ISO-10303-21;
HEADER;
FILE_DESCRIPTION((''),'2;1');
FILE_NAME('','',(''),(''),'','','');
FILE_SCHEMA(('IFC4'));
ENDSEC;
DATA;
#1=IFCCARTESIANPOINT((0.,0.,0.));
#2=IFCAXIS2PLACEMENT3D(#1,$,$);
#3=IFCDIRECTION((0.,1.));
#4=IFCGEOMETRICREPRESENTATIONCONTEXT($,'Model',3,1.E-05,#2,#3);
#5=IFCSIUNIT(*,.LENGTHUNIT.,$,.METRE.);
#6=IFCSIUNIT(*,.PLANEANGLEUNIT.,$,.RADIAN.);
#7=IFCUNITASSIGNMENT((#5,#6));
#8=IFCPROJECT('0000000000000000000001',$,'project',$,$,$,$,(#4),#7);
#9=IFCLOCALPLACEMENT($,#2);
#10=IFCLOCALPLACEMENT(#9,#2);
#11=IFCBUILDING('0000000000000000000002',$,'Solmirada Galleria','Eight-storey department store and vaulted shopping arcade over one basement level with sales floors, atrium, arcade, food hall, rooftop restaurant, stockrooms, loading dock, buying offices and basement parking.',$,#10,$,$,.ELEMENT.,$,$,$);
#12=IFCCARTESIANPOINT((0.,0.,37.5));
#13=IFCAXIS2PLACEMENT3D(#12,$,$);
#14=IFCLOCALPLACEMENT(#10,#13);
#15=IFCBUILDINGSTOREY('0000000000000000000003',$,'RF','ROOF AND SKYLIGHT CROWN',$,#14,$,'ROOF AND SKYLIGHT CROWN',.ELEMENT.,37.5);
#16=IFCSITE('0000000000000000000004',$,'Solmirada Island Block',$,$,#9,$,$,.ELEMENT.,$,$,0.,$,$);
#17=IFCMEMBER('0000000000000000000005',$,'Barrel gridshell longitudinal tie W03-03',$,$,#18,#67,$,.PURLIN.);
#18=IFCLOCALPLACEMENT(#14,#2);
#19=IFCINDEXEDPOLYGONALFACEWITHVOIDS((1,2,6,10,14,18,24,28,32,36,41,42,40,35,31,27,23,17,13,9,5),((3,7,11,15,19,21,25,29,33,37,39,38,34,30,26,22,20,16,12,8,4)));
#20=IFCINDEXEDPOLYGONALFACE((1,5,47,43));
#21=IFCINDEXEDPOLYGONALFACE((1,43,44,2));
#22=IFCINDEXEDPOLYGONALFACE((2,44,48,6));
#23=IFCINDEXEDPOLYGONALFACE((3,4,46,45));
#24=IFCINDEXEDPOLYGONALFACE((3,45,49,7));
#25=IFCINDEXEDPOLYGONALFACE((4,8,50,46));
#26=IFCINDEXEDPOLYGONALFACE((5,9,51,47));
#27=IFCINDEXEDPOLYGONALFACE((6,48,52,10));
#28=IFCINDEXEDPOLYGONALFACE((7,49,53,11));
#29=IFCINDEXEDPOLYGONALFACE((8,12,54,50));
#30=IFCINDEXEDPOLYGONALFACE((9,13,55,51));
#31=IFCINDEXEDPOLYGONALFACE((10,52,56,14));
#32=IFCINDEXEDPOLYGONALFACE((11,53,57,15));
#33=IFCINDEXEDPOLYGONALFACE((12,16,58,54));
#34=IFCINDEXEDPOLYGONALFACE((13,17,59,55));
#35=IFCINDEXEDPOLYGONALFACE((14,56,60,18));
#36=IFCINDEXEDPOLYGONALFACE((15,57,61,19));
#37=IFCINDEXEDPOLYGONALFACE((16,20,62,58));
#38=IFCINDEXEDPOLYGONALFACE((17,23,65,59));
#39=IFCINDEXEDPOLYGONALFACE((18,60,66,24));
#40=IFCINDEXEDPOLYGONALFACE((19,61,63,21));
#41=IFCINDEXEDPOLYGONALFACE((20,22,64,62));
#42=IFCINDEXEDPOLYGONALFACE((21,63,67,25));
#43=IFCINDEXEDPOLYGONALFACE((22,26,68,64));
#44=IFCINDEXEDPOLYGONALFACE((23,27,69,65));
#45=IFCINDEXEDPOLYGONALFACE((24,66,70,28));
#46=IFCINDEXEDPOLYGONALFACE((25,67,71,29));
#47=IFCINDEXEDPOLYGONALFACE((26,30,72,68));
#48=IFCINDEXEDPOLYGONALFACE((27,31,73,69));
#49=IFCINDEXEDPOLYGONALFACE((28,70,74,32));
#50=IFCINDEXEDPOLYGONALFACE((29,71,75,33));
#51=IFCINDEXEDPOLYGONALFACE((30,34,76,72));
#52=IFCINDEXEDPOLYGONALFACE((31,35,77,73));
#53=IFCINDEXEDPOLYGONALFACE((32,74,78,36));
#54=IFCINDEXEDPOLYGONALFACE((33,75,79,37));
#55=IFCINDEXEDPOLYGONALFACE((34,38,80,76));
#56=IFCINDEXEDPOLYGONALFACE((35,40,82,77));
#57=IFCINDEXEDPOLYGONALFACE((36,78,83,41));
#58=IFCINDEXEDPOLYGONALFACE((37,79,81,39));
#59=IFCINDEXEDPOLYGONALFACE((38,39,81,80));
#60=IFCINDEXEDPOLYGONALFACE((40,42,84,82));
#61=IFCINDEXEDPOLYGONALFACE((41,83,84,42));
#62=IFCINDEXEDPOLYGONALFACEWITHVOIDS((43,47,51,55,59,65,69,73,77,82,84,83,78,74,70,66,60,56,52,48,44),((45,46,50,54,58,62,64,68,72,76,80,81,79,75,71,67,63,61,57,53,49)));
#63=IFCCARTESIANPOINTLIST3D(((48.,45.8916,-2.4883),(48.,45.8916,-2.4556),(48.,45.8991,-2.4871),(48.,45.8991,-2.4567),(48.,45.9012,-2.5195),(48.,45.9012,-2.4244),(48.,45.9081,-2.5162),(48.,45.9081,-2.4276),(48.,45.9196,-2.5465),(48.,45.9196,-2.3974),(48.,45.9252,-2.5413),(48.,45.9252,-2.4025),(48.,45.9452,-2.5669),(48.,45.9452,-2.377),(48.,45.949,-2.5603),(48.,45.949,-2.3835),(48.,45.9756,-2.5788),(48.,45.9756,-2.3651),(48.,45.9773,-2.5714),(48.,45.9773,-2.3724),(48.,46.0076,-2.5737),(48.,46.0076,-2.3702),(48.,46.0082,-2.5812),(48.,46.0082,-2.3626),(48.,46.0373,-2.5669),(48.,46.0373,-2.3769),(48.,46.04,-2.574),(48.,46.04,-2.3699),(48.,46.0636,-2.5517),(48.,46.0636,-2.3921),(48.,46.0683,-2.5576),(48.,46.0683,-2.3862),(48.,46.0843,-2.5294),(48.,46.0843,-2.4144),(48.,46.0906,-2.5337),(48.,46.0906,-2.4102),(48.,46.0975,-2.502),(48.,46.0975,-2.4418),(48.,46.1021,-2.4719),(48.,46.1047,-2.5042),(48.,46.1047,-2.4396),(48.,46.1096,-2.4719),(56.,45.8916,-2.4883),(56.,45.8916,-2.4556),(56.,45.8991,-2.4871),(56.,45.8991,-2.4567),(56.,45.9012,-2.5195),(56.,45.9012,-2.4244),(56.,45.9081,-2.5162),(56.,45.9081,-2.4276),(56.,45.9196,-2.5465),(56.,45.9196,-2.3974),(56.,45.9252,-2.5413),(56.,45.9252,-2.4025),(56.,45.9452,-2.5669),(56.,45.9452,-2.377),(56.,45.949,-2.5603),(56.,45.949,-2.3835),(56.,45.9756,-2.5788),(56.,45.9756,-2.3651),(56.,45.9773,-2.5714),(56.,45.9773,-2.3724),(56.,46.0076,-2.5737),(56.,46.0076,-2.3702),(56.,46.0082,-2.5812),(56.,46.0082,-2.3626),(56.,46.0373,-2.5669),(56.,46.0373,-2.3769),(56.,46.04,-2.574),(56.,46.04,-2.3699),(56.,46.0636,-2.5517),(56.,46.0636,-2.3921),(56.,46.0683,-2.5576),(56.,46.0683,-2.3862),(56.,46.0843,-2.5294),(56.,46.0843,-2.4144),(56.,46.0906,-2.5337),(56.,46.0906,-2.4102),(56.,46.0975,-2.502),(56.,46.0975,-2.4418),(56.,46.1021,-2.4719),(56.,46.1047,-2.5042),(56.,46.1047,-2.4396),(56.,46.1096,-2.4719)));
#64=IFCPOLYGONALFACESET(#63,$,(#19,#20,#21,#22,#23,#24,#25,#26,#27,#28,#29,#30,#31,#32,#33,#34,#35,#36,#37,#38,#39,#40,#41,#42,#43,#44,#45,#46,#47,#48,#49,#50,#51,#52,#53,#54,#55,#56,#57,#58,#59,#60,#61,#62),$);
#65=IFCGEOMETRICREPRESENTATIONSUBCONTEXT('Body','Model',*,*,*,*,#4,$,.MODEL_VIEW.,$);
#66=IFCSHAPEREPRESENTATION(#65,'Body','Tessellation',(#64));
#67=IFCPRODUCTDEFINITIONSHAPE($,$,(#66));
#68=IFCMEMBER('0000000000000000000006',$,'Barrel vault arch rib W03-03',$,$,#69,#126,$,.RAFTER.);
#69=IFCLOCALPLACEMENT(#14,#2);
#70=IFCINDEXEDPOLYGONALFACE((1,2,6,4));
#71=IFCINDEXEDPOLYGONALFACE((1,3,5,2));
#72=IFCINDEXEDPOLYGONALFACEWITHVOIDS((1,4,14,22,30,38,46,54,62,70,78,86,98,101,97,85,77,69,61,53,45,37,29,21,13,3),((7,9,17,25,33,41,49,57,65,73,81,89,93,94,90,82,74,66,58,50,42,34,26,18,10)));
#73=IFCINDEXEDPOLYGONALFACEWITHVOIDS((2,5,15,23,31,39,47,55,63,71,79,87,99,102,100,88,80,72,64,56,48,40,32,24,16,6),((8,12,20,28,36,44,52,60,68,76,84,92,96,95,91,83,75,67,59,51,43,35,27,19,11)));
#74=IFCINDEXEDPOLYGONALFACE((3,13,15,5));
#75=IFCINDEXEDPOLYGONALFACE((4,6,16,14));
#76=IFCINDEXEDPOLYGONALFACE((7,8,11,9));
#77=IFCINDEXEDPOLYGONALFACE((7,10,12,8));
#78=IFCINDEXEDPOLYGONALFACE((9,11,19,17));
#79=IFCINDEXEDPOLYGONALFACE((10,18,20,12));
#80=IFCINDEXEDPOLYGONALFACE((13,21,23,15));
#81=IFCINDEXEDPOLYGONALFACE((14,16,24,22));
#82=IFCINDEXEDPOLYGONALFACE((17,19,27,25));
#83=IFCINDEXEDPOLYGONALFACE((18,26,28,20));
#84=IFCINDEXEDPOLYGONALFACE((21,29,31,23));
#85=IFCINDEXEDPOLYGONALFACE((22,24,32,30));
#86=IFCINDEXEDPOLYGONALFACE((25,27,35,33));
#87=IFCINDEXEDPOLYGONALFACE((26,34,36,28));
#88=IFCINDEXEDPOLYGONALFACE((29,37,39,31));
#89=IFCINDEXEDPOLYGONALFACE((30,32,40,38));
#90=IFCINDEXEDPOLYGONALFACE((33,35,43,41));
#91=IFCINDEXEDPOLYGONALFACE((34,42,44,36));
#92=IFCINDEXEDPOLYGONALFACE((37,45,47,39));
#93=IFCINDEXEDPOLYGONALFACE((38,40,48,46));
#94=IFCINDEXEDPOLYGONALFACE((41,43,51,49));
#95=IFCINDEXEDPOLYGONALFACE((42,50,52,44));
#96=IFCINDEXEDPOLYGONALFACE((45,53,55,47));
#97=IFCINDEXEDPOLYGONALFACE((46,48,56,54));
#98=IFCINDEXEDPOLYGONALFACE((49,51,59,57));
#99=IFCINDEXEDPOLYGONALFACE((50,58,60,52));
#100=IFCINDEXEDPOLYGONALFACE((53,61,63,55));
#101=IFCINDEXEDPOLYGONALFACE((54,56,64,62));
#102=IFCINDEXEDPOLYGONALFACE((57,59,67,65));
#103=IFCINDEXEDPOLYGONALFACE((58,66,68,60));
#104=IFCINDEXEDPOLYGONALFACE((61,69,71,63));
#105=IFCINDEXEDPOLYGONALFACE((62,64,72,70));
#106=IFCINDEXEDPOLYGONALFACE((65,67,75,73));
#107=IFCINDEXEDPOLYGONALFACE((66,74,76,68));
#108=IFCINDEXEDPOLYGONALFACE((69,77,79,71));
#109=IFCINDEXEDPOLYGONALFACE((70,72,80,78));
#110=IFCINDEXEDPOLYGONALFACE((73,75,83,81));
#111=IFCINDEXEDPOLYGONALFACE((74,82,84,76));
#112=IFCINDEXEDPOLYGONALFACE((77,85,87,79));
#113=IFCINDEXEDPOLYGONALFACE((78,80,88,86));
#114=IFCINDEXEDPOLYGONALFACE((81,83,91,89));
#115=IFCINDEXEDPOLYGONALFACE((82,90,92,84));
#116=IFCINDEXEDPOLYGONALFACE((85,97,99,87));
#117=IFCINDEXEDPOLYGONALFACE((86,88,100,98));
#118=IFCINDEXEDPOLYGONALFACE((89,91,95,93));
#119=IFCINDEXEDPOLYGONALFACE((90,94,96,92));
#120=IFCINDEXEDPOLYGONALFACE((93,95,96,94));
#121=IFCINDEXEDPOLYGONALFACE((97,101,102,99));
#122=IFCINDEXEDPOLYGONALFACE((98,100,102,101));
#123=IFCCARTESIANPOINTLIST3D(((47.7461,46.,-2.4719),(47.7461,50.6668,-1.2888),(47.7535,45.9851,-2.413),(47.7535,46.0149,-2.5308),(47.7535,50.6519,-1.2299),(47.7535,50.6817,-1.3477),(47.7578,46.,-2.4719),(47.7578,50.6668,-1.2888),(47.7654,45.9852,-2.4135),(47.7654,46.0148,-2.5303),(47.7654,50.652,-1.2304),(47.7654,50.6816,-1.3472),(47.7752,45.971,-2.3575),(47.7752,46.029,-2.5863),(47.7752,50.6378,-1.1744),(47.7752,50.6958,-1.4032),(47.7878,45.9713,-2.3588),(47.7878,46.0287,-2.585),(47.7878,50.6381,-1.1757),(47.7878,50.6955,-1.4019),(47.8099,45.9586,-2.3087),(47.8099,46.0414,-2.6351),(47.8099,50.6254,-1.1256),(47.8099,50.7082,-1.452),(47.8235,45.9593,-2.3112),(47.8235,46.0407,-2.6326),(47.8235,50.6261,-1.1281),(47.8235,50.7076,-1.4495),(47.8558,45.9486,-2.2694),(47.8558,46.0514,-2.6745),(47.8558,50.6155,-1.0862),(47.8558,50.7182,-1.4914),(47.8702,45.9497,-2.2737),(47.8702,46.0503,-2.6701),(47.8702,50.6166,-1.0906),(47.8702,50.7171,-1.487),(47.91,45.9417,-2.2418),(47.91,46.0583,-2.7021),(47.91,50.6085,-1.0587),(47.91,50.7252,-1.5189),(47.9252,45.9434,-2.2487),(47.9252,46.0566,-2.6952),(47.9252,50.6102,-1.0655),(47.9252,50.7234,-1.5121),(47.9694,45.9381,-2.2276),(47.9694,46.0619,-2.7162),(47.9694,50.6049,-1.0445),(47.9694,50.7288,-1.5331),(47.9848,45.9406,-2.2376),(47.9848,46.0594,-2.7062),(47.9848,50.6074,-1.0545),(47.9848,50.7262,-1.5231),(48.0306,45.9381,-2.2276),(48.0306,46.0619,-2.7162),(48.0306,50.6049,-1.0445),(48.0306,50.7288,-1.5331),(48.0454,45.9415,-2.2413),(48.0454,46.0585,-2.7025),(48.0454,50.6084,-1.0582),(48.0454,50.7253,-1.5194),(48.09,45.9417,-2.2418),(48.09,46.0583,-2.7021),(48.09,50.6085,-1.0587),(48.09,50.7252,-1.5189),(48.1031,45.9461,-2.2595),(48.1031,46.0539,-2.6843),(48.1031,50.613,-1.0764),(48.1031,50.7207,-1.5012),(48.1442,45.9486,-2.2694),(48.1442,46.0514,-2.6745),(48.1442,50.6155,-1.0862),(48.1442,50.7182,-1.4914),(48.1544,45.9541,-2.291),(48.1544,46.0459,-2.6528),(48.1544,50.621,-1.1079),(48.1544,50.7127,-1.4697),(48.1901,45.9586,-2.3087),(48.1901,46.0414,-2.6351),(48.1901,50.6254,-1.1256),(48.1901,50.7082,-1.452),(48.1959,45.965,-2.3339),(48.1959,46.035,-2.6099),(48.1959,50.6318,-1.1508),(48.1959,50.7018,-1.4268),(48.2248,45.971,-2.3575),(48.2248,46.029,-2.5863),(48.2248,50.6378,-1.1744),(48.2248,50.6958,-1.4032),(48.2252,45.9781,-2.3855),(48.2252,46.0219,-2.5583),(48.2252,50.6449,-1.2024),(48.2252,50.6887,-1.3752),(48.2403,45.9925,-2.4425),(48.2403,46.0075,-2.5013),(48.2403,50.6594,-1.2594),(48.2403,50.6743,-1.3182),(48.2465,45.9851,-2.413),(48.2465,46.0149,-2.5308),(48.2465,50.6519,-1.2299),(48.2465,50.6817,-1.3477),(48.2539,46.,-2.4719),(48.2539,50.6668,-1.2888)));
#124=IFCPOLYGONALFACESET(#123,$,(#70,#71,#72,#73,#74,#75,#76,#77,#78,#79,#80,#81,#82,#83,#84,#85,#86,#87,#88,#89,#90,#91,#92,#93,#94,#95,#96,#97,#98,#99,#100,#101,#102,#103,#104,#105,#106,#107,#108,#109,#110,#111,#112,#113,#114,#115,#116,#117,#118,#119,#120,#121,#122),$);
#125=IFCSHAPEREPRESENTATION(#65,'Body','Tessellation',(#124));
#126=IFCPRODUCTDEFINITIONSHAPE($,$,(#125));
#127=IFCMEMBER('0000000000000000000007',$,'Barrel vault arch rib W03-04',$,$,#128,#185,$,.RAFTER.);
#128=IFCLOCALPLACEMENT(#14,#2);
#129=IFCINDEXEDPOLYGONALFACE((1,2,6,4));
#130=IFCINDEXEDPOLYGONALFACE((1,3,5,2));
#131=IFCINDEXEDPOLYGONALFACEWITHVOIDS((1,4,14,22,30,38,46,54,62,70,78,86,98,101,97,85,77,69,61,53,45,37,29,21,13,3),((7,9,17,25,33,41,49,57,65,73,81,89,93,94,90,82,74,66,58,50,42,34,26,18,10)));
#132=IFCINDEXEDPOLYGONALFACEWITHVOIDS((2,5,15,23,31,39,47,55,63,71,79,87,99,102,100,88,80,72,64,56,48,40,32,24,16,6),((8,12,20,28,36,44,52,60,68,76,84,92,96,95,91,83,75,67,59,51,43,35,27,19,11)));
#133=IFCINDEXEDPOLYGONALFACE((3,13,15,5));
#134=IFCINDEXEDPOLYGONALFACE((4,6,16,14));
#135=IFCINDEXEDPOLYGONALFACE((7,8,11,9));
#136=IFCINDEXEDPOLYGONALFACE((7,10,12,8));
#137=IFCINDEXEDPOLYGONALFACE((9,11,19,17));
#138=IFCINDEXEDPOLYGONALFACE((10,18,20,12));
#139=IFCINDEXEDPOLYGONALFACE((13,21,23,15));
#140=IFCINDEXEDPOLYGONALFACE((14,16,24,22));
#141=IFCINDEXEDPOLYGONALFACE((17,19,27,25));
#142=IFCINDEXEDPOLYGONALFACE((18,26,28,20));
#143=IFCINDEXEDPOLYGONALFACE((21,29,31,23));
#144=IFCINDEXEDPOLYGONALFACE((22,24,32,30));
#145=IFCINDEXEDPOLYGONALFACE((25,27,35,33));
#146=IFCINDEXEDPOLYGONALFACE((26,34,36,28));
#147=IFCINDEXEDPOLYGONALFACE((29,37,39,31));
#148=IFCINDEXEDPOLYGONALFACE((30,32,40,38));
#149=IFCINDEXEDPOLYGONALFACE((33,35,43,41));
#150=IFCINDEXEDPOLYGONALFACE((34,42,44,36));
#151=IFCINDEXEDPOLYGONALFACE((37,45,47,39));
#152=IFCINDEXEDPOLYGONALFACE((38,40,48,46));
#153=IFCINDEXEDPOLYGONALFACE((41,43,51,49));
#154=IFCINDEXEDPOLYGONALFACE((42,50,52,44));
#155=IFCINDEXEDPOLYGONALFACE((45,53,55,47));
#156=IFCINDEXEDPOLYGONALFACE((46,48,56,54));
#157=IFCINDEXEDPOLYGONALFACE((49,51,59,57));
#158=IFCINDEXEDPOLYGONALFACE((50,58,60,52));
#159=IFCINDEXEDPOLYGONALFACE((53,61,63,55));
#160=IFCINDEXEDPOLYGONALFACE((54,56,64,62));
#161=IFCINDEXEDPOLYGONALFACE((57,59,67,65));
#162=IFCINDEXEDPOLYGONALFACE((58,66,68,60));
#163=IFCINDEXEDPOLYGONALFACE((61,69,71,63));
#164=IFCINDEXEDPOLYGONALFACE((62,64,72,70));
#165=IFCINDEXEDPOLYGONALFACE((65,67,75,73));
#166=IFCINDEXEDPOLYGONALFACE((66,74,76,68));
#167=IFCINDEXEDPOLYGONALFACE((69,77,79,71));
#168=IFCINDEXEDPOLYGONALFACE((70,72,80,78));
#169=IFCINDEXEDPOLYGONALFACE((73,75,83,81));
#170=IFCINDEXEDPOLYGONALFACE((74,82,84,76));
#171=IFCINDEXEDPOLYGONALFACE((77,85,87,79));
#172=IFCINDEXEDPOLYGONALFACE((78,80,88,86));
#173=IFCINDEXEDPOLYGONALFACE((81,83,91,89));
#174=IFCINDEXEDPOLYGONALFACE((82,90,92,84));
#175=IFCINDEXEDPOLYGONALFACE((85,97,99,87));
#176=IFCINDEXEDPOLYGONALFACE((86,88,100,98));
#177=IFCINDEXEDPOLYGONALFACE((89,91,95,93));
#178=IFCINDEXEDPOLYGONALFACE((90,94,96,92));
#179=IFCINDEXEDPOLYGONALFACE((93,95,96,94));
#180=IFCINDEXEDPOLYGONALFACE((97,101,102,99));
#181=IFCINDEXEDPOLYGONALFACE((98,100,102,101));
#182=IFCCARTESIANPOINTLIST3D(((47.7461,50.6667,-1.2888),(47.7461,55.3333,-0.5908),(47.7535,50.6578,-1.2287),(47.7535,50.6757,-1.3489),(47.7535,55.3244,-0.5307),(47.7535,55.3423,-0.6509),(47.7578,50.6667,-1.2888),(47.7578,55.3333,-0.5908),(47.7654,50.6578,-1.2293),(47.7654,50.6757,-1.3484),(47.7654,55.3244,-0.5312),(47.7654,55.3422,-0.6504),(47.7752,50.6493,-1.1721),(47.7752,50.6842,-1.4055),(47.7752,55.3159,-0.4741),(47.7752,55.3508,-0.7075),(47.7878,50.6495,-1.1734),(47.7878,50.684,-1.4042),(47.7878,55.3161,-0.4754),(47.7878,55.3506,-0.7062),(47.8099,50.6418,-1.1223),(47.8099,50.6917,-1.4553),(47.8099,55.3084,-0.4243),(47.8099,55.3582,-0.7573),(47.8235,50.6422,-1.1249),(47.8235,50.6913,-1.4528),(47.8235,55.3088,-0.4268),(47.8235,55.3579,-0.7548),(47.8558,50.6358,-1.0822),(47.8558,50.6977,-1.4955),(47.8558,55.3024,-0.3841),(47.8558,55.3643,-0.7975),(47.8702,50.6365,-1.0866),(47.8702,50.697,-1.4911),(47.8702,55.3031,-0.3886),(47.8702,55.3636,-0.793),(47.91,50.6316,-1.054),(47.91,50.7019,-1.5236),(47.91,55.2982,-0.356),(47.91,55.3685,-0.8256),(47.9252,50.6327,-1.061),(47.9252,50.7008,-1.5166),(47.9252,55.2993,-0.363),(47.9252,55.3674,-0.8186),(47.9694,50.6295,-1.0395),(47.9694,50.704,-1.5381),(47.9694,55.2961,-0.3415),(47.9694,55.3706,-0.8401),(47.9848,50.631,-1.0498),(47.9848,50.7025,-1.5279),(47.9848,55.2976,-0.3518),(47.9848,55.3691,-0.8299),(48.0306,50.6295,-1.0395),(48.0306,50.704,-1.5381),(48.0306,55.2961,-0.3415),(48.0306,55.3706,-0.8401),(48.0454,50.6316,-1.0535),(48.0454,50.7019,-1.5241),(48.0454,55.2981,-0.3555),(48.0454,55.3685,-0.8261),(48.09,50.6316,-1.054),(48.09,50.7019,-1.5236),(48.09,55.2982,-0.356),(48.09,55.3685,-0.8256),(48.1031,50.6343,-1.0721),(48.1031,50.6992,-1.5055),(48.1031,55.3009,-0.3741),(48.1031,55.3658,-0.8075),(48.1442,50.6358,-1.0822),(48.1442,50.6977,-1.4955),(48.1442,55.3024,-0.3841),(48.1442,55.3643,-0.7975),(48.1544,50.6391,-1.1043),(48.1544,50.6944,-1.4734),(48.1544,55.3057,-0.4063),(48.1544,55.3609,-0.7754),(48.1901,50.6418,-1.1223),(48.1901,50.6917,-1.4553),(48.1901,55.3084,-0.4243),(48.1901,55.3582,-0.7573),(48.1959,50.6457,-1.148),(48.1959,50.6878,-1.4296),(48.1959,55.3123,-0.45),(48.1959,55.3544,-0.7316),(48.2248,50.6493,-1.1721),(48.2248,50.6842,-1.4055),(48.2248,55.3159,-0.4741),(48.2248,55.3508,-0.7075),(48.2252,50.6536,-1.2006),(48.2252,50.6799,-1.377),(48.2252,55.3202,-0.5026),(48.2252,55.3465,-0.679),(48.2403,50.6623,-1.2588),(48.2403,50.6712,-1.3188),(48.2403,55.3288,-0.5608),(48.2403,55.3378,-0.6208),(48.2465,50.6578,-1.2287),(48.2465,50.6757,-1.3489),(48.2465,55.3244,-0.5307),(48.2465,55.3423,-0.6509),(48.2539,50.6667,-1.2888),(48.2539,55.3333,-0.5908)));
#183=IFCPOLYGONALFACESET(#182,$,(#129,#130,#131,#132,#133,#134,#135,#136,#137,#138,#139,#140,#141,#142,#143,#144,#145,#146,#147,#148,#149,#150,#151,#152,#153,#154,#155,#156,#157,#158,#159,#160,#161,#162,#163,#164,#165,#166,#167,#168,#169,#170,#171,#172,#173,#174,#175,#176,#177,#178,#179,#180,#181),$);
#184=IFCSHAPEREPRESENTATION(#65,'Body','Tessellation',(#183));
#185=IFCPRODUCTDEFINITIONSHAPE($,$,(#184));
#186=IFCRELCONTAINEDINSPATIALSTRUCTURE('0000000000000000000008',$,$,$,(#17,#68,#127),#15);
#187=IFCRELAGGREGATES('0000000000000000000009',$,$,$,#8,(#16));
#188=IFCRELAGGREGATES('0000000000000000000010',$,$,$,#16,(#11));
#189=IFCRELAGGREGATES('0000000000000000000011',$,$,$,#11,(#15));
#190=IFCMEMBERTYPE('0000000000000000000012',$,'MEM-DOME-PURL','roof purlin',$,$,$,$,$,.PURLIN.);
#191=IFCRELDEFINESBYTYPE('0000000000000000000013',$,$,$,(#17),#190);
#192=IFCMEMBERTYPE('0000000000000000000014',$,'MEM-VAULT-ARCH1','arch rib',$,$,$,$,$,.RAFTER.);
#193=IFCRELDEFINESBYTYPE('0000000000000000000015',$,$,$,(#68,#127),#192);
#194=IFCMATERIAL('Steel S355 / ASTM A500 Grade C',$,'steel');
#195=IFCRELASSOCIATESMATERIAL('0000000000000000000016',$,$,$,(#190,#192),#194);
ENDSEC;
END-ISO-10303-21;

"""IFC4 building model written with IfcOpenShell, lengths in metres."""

from ifc_helpers import new_model, si_unit, direction, frame, origin, origin_2d, place, context, subcontext, project, spatial, hollow_circle, extrude, material, material_profile, profile_set, type_object, element, save


model = new_model("IFC4")

# Units and contexts
model_context = context("Model", 3, precision=1e-05, world=origin(), true_north=direction((0.0, 1.0)))
body_context = subcontext(model_context, "Body", "Model", "MODEL_VIEW")
ifc_project = project(units=[si_unit("LENGTHUNIT", "METRE"), si_unit("PLANEANGLEUNIT", "RADIAN")], contexts=[model_context])

# Site, building, storey
site_placement = place(None, origin())
site = spatial("IfcSite", under=ifc_project, at=site_placement, Name="Solmirada Island Block", CompositionType="ELEMENT", RefElevation=0.0)
building_placement = place(site_placement, origin())
building = spatial("IfcBuilding", under=site, at=building_placement, Name="Solmirada Galleria", Description="Eight-storey department store and vaulted shopping arcade over one basement level with sales floors, atrium, arcade, food hall, rooftop restaurant, stockrooms, loading dock, buying offices and basement parking.", CompositionType="ELEMENT")
storey_placement = place(building_placement, frame((0.0, 0.0, 37.5)))
storey = spatial("IfcBuildingStorey", under=building, at=storey_placement, Name="RF", Description="ROOF AND SKYLIGHT CROWN", LongName="ROOF AND SKYLIGHT CROWN", CompositionType="ELEMENT", Elevation=37.5)

# Members
ifc_material_1 = material(Name="Steel S355 / ASTM A500 Grade C", Category="steel")
ifc_material_profile_1 = material_profile(ifc_material_1, hollow_circle(Radius=0.1096, WallThickness=0.0076, at=origin_2d()), Name="HSS8.625X0.322")
ifc_profile_set_1 = profile_set([ifc_material_profile_1], Name="Steel S355 / ASTM A500 Grade C")
member_type_1 = type_object("IfcMemberType", Name="MEM-DOME-PURL", Description="roof purlin", PredefinedType="PURLIN", material=ifc_profile_set_1)
member_1_placement = place(storey_placement, frame((48.0, 46.0, -2.4719), z_axis=(1.0, 0.0, 0.0), x_axis=(0.0, 1.0, 0.0)))
element("IfcMember", 1, at=member_1_placement, inside=storey, type_object=member_type_1, Name="Barrel gridshell longitudinal tie W03-03", PredefinedType="PURLIN", context=body_context, shape_type="SweptSolid", body=[
    extrude(hollow_circle(Radius=0.1096, WallThickness=0.0076, at=origin_2d()), origin(), (0.0, 0.0, 1.0), 8.0),
])
ifc_material_profile_2 = material_profile(ifc_material_1, hollow_circle(Radius=0.2539, WallThickness=0.0117, at=origin_2d()), Name="HSS20.000X0.500")
ifc_profile_set_2 = profile_set([ifc_material_profile_2], Name="Steel S355 / ASTM A500 Grade C")
member_type_2 = type_object("IfcMemberType", Name="MEM-VAULT-ARCH1", Description="arch rib", PredefinedType="RAFTER", material=ifc_profile_set_2)
member_2_placement = place(storey_placement, frame((48.0, 46.0, -2.4719), z_axis=(0.0, 0.969335, 0.245744), x_axis=(-1.0, 0.0, 0.0)))
element("IfcMember", 2, at=member_2_placement, inside=storey, type_object=member_type_2, Name="Barrel vault arch rib W03-03", PredefinedType="RAFTER", context=body_context, shape_type="SweptSolid", body=[
    extrude(hollow_circle(Radius=0.2539, WallThickness=0.0117, at=origin_2d()), origin(), (0.0, 0.0, 1.0), 4.8145),
])
member_3_placement = place(storey_placement, frame((48.0, 50.6667, -1.2888), z_axis=(0.0, 0.988998, 0.147931), x_axis=(-1.0, 0.0, 0.0)))
element("IfcMember", 3, at=member_3_placement, inside=storey, type_object=member_type_2, Name="Barrel vault arch rib W03-04", PredefinedType="RAFTER", context=body_context, shape_type="SweptSolid", body=[
    extrude(hollow_circle(Radius=0.2539, WallThickness=0.0117, at=origin_2d()), origin(), (0.0, 0.0, 1.0), 4.7185),
])

save(model, "model.ifc")
